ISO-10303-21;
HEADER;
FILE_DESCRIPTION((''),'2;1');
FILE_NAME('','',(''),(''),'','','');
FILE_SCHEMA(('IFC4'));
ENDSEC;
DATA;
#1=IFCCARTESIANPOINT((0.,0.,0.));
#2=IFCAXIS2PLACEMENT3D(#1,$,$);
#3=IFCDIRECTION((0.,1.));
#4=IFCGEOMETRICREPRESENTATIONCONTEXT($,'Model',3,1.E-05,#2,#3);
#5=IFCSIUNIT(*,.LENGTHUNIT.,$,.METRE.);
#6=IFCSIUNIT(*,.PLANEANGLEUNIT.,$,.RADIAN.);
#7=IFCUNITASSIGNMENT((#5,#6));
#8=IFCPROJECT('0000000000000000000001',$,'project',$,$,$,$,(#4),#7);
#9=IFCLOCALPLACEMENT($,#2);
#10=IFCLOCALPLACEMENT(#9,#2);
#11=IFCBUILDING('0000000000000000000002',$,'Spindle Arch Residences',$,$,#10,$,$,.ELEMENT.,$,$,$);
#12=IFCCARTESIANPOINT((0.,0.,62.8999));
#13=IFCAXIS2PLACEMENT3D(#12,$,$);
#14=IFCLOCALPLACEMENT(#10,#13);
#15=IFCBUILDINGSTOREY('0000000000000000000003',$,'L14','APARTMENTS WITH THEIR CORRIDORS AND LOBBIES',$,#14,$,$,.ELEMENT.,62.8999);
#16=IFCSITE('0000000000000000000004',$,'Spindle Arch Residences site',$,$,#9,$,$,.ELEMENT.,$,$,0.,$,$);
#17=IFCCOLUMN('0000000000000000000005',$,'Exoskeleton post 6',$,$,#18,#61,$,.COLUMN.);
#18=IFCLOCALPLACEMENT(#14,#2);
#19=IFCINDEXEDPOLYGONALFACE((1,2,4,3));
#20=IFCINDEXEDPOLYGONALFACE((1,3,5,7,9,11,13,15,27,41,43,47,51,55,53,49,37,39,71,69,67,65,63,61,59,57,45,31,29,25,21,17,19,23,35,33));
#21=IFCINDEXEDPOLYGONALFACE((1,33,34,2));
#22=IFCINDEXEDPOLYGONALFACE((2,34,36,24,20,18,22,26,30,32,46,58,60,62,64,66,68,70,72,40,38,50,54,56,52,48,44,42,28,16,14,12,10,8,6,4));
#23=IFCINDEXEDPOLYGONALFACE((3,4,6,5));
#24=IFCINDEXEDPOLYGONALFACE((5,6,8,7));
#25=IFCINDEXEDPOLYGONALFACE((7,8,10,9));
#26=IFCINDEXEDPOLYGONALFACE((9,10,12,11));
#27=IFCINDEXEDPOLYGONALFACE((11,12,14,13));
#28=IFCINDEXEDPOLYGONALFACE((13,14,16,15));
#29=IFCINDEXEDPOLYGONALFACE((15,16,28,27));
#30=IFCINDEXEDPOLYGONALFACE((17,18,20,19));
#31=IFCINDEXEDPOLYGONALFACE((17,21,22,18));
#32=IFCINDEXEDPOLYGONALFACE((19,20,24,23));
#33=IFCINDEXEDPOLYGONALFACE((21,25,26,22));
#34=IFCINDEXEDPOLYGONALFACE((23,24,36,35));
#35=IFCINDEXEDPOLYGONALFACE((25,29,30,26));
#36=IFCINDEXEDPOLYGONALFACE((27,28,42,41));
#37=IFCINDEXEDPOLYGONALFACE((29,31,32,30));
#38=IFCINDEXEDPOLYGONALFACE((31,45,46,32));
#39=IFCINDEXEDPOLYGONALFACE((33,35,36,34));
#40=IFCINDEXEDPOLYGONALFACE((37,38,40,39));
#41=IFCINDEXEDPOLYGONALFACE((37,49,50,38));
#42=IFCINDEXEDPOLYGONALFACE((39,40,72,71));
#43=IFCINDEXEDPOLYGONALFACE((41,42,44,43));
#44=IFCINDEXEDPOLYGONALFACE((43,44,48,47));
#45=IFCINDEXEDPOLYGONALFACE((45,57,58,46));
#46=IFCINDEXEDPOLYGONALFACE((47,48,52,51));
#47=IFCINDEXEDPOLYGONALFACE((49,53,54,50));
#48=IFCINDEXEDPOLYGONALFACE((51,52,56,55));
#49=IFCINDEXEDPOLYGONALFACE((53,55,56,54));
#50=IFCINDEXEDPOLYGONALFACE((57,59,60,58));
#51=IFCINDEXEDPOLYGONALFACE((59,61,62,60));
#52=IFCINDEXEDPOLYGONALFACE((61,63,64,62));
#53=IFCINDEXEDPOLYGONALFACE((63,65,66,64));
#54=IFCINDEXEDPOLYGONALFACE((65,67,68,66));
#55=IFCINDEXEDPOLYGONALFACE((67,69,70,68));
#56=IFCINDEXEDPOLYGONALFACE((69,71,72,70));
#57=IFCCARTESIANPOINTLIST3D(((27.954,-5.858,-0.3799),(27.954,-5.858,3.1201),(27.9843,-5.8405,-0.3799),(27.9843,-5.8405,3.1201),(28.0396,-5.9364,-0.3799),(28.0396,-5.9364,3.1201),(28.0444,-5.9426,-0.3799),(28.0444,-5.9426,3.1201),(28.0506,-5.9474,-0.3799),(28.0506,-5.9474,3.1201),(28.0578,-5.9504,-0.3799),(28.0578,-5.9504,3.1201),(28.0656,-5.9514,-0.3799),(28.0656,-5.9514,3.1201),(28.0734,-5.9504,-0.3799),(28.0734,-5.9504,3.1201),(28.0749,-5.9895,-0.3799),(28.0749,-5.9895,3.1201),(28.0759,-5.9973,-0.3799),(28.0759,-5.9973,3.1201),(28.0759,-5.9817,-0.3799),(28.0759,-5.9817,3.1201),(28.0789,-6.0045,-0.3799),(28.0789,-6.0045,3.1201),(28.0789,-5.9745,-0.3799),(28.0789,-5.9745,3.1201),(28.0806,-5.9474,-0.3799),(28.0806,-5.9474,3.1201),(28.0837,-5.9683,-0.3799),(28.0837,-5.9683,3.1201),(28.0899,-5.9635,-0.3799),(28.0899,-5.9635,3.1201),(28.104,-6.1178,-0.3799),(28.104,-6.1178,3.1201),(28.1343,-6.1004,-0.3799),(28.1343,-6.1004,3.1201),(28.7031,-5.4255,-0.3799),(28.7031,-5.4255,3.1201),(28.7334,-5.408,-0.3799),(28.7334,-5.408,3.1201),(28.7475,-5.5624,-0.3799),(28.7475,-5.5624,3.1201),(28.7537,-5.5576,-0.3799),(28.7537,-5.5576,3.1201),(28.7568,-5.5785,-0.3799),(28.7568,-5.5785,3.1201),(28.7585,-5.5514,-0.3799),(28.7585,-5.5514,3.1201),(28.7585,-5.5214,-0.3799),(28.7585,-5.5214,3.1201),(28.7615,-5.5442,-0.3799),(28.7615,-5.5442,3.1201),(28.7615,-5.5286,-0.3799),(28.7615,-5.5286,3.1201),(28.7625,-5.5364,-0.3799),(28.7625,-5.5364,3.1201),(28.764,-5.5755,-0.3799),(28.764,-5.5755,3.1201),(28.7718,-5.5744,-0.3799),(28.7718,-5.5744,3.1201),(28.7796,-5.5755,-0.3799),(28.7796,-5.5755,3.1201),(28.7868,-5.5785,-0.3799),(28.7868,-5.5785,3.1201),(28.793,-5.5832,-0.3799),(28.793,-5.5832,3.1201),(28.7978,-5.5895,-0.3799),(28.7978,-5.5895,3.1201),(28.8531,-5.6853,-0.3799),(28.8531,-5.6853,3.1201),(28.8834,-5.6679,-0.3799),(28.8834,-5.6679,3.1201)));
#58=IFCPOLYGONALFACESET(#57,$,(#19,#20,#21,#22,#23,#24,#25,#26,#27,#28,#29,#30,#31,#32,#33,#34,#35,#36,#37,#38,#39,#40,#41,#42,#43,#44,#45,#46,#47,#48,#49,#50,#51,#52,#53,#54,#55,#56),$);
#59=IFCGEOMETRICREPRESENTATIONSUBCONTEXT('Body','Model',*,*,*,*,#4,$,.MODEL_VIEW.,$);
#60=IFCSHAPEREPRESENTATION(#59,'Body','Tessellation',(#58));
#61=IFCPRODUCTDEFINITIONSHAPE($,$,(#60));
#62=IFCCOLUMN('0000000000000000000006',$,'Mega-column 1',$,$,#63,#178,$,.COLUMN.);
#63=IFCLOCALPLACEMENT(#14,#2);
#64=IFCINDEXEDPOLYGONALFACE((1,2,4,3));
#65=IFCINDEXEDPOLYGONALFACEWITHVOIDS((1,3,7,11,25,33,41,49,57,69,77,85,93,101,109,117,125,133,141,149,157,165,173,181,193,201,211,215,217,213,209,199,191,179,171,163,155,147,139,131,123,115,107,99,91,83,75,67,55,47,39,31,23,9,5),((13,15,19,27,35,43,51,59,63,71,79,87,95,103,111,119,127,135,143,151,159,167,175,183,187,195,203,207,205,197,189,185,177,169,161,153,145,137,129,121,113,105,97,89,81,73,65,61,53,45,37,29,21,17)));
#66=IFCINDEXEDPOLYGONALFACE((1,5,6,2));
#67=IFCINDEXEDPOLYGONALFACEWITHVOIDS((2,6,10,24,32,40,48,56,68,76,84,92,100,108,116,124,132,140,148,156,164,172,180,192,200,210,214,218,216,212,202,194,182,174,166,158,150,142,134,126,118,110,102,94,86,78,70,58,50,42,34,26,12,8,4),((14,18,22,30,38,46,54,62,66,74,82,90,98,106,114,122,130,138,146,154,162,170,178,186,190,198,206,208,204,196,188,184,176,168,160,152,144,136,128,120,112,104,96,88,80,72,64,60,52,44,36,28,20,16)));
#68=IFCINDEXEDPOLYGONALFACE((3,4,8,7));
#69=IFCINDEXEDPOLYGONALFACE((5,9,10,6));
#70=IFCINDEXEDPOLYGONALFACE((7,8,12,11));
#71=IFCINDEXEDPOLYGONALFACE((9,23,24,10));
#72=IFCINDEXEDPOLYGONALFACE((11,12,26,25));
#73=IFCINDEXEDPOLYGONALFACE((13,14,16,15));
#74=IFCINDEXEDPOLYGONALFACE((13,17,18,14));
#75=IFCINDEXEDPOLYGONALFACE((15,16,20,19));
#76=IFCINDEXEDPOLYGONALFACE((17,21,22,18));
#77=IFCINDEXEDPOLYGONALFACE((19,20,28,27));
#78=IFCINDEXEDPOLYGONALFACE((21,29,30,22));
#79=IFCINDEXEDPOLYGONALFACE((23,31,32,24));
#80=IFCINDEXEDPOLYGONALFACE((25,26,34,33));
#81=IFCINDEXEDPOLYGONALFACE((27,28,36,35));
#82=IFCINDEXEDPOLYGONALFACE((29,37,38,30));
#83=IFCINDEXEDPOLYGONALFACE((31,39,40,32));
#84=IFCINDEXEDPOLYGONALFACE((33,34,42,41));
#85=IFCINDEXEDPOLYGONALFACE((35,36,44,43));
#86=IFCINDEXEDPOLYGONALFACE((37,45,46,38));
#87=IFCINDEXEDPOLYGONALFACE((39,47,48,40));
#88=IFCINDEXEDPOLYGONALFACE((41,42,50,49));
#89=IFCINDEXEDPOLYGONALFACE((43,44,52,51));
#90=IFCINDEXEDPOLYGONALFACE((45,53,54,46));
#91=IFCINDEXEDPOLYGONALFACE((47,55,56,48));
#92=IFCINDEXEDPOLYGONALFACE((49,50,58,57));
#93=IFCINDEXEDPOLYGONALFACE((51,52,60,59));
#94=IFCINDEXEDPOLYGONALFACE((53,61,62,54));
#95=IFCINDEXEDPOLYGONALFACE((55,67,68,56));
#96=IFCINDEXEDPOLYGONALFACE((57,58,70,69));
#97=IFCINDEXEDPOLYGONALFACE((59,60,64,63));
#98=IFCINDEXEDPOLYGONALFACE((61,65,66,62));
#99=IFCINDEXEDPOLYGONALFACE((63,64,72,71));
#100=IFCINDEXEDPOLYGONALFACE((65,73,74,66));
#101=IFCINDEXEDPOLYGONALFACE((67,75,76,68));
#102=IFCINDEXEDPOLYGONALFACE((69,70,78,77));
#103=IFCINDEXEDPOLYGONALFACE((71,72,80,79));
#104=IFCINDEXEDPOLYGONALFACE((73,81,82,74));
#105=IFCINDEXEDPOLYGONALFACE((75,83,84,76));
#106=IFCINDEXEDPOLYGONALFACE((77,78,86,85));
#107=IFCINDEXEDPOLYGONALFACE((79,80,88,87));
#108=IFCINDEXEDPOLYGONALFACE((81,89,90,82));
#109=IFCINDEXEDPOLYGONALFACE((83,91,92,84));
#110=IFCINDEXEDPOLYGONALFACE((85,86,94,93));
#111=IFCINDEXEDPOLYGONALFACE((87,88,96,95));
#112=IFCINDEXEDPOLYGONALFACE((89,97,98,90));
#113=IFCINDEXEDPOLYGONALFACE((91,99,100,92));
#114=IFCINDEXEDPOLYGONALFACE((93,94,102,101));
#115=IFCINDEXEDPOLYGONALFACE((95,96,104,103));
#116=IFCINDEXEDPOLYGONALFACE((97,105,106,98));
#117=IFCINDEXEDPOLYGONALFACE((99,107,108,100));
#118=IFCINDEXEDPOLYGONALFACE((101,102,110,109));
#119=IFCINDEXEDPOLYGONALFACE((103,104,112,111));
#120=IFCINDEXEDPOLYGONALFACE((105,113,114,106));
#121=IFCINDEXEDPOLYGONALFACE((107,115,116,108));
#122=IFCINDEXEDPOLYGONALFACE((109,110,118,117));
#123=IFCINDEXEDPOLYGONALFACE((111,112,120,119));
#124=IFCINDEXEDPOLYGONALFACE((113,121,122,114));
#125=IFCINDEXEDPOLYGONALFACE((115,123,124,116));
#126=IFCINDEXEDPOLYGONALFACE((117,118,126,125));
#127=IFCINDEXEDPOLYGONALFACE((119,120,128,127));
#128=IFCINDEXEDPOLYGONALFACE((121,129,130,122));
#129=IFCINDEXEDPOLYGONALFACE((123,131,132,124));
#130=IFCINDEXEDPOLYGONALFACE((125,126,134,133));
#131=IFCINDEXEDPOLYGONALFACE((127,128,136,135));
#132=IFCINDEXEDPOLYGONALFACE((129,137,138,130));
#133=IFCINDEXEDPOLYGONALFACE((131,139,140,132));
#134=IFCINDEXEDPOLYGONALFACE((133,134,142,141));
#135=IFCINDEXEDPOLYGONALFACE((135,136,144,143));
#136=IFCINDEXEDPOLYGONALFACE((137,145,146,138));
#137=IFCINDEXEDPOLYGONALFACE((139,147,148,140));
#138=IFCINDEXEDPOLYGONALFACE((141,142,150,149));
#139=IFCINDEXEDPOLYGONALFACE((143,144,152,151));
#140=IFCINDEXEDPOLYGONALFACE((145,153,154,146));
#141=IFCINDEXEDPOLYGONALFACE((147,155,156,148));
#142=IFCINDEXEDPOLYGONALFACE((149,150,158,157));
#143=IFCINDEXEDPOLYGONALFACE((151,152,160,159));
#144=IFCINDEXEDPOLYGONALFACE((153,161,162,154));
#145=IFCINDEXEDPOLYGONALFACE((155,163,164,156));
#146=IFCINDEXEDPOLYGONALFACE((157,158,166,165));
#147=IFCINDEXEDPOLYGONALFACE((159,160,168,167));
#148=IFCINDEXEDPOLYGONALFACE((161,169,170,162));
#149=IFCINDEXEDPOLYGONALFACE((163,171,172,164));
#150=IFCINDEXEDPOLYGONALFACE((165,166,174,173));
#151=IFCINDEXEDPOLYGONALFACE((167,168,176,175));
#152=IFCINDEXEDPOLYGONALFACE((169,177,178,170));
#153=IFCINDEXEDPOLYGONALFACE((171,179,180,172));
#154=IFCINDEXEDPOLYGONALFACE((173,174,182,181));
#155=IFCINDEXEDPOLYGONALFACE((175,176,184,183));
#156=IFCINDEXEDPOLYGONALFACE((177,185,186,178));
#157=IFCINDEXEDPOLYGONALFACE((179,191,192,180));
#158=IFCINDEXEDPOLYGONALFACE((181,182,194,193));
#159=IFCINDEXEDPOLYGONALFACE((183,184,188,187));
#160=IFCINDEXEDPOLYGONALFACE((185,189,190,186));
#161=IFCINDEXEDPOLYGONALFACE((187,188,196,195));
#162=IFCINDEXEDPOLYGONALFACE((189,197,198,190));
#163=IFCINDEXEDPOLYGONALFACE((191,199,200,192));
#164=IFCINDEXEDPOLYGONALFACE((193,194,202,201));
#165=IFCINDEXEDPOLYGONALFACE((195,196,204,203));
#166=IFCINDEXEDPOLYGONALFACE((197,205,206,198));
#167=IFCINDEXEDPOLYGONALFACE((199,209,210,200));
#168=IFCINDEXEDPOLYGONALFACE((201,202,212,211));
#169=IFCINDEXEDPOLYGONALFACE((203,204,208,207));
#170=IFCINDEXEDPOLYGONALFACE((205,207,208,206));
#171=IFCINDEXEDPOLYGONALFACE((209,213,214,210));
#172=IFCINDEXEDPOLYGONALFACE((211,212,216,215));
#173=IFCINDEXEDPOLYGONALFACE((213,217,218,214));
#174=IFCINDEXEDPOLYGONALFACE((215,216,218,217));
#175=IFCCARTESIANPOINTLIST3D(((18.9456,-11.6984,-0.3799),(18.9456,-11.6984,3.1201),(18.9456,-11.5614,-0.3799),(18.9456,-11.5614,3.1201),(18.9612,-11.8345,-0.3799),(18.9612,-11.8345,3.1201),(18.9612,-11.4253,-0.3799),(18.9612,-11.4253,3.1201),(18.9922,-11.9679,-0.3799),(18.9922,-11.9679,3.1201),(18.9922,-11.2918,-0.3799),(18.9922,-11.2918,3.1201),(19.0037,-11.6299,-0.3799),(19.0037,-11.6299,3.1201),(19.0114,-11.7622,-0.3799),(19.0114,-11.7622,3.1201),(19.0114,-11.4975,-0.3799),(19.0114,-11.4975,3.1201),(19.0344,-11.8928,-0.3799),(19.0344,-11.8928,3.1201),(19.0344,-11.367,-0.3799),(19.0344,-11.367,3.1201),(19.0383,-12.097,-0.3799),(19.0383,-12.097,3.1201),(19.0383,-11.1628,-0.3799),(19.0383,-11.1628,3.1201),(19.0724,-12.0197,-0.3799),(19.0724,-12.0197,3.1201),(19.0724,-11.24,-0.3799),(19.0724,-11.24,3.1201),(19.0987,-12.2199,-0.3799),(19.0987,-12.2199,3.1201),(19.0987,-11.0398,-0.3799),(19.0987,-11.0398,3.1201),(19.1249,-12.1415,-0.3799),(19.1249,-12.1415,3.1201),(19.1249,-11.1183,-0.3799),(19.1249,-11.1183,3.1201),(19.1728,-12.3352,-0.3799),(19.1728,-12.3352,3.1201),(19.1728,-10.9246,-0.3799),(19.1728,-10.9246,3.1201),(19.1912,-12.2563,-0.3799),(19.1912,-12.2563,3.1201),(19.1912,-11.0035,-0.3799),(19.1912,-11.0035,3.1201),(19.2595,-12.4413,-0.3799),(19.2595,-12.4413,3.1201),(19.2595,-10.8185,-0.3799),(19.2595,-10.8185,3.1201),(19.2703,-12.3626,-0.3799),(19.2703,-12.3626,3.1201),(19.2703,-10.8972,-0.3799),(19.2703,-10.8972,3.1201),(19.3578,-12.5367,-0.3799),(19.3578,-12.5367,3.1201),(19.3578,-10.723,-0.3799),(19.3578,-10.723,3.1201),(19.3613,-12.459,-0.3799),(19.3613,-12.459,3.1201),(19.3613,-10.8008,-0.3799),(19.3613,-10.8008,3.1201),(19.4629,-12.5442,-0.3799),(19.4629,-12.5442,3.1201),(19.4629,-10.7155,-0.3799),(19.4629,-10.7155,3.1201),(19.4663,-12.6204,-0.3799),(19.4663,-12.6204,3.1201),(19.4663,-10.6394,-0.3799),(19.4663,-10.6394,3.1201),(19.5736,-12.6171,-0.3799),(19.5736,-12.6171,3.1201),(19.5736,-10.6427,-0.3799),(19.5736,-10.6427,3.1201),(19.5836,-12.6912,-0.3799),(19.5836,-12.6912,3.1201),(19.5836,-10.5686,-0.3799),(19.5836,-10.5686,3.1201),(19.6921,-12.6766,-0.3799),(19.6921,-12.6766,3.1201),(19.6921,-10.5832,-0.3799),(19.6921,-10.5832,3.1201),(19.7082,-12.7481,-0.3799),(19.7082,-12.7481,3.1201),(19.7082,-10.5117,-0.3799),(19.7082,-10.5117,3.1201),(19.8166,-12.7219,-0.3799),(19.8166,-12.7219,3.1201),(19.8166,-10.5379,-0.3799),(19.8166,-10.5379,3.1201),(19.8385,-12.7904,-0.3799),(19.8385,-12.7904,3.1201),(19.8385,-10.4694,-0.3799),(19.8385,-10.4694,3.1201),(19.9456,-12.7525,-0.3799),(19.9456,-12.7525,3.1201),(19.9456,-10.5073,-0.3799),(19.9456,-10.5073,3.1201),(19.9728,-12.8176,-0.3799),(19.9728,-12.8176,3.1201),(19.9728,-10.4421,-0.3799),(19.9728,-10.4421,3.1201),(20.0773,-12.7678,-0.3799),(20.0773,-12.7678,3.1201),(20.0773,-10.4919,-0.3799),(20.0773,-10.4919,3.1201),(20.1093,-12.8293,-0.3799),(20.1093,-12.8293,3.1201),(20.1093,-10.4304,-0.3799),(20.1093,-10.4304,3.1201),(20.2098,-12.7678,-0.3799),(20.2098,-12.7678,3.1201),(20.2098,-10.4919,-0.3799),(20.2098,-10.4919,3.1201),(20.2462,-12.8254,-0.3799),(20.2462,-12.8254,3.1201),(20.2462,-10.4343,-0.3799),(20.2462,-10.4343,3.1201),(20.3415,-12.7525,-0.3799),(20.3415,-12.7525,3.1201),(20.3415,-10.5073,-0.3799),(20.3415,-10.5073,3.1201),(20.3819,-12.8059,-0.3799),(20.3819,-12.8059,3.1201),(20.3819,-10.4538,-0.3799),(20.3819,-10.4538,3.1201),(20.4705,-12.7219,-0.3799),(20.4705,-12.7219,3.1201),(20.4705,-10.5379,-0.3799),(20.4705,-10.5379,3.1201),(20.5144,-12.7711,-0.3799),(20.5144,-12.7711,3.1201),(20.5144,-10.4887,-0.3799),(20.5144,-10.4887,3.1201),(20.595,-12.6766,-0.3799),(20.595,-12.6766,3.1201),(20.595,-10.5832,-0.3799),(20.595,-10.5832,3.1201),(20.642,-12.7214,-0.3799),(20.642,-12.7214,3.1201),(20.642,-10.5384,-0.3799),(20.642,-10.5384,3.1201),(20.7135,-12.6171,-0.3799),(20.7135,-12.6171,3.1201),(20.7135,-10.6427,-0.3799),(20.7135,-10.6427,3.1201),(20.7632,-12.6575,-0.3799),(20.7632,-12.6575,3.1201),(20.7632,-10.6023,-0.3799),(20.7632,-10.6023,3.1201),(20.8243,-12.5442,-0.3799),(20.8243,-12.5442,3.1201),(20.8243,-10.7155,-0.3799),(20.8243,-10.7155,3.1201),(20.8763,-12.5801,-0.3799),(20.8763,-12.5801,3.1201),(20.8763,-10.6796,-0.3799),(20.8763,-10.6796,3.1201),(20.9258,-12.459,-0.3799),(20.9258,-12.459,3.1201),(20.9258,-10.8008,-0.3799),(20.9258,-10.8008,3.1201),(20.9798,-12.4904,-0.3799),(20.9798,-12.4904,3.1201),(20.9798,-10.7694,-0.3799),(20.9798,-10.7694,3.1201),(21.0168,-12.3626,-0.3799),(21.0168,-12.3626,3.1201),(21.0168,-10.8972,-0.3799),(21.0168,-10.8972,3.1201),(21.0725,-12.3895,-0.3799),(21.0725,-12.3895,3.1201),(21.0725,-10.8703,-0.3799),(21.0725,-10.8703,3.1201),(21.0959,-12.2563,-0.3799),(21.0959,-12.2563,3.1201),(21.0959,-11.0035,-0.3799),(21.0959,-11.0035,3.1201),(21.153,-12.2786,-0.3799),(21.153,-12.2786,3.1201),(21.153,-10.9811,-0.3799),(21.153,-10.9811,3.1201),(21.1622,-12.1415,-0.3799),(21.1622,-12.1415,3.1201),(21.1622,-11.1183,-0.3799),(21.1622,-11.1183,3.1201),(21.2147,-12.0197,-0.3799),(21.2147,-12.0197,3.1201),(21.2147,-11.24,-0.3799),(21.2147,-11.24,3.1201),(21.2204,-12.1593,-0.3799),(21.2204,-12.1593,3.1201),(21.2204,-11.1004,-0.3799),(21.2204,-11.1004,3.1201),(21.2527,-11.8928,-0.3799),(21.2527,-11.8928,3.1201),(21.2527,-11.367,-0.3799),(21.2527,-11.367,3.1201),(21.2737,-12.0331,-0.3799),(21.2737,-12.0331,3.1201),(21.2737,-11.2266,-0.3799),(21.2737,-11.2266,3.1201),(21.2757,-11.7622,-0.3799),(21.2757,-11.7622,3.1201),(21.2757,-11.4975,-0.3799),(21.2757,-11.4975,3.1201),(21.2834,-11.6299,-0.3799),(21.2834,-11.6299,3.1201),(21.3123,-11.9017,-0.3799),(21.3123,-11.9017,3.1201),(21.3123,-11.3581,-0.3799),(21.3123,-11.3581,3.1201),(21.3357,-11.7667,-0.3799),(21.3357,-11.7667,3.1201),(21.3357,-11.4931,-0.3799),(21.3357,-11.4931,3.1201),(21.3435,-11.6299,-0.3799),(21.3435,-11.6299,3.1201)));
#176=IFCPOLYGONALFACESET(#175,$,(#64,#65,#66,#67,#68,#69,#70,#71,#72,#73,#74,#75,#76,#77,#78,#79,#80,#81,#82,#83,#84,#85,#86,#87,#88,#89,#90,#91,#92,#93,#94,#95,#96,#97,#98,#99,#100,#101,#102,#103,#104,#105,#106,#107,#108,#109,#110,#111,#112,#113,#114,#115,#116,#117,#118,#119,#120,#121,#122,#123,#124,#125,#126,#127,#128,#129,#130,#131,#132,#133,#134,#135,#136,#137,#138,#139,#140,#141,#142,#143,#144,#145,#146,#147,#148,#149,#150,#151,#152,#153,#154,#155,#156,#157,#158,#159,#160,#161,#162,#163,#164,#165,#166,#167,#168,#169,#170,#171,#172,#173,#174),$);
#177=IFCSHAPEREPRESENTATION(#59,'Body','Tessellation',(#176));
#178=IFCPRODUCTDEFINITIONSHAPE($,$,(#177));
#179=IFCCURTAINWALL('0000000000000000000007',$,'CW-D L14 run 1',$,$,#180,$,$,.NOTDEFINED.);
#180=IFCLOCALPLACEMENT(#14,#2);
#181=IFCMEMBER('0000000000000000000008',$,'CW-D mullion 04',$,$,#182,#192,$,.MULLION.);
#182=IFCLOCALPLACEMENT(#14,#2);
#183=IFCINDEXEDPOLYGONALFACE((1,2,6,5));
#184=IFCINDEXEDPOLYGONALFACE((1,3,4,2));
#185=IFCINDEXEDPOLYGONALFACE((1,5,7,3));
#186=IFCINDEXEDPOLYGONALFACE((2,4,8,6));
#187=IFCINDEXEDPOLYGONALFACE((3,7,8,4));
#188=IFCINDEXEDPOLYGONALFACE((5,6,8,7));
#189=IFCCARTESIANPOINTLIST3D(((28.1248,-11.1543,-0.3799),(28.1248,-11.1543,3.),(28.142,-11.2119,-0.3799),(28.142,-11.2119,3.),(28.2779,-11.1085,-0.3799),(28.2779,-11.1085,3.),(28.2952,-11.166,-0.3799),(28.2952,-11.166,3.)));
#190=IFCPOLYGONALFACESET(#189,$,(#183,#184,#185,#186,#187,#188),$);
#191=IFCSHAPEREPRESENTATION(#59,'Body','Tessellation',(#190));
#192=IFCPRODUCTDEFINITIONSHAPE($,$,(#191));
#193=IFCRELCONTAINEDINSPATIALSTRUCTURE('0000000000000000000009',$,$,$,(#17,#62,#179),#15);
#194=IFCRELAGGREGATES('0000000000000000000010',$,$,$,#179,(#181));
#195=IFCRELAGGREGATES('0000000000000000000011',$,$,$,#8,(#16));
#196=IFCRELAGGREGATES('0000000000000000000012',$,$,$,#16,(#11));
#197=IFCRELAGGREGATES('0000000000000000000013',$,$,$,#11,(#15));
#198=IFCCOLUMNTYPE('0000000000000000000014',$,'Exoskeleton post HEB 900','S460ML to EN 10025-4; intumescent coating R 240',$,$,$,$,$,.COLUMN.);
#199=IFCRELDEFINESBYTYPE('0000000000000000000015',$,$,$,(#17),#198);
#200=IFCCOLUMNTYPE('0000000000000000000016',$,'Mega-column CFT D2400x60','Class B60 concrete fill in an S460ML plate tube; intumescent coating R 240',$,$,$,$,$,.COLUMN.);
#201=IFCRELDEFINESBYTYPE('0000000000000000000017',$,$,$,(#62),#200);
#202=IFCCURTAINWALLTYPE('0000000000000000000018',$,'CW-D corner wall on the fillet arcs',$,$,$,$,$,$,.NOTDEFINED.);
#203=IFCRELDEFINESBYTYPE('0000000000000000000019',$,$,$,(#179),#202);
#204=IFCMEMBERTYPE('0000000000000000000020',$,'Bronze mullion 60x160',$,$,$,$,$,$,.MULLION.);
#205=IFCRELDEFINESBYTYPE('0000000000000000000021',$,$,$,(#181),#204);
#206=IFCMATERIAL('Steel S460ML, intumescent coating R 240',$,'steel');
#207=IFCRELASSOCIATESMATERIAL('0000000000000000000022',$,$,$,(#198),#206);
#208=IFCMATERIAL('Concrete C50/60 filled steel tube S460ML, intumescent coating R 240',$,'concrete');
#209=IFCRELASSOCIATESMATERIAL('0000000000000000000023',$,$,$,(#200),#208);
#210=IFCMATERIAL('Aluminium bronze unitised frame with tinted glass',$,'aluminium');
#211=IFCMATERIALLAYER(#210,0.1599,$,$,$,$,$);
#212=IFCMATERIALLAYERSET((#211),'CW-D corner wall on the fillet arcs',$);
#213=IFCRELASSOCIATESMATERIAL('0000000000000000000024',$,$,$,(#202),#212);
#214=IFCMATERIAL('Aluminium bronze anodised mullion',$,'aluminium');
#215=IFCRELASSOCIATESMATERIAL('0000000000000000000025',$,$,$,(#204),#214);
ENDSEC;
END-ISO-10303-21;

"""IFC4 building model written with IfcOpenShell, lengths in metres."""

from ifc_helpers import new_model, si_unit, direction, frame, origin, origin_2d, place, context, subcontext, project, spatial, rectangle, hollow_circle, i_section, extrude, material, layer, layer_set, material_profile, profile_set, type_object, element, aggregate, save


model = new_model("IFC4")

# Units and contexts
model_context = context("Model", 3, precision=1e-05, world=origin(), true_north=direction((0.0, 1.0)))
body_context = subcontext(model_context, "Body", "Model", "MODEL_VIEW")
ifc_project = project(units=[si_unit("LENGTHUNIT", "METRE"), si_unit("PLANEANGLEUNIT", "RADIAN")], contexts=[model_context])

# Site, building, storey
site_placement = place(None, origin())
site = spatial("IfcSite", under=ifc_project, at=site_placement, Name="Spindle Arch Residences site", CompositionType="ELEMENT", RefElevation=0.0)
building_placement = place(site_placement, origin())
building = spatial("IfcBuilding", under=site, at=building_placement, Name="Spindle Arch Residences", CompositionType="ELEMENT")
storey_placement = place(building_placement, frame((0.0, 0.0, 62.8999)))
storey = spatial("IfcBuildingStorey", under=building, at=storey_placement, Name="L14", Description="APARTMENTS WITH THEIR CORRIDORS AND LOBBIES", CompositionType="ELEMENT", Elevation=62.8999)

# Columns
ifc_material_1 = material(Name="Steel S460ML, intumescent coating R 240", Category="steel")
ifc_material_profile_1 = material_profile(ifc_material_1, i_section(OverallWidth=0.3, OverallDepth=0.8999, WebThickness=0.0186, FlangeThickness=0.0349, FilletRadius=0.03, at=origin_2d()), Name="HEB 900")
ifc_profile_set_1 = profile_set([ifc_material_profile_1], Name="Steel S460ML, intumescent coating R 240")
column_type_1 = type_object("IfcColumnType", Name="Exoskeleton post HEB 900", Description="S460ML to EN 10025-4; intumescent coating R 240", PredefinedType="COLUMN", material=ifc_profile_set_1)
column_1_placement = place(storey_placement, frame((28.4187, -5.7629, -0.3799), z_axis=(0.0, 0.0, 1.0), x_axis=(0.5, -0.866025, 0.0)))
element("IfcColumn", 1, at=column_1_placement, inside=storey, type_object=column_type_1, Name="Exoskeleton post 6", PredefinedType="COLUMN", context=body_context, shape_type="SweptSolid", body=[
    extrude(i_section(OverallWidth=0.3, OverallDepth=0.8999, WebThickness=0.0186, FlangeThickness=0.0349, FilletRadius=0.03, at=origin_2d()), origin(), (0.0, 0.0, 1.0), 3.5),
])
ifc_material_2 = material(Name="Concrete C50/60 filled steel tube S460ML, intumescent coating R 240", Category="concrete")
ifc_material_profile_2 = material_profile(ifc_material_2, hollow_circle(Radius=1.2, WallThickness=0.0601, at=origin_2d()), Name="CFT D2400x60")
ifc_profile_set_2 = profile_set([ifc_material_profile_2], Name="Concrete C50/60 filled steel tube S460ML, intumescent coating R 240")
column_type_2 = type_object("IfcColumnType", Name="Mega-column CFT D2400x60", Description="Class B60 concrete fill in an S460ML plate tube; intumescent coating R 240", PredefinedType="COLUMN", material=ifc_profile_set_2)
column_2_placement = place(storey_placement, frame((20.1436, -11.6299, -0.3799), z_axis=(0.0, 0.0, 1.0), x_axis=(1.0, 0.0, 0.0)))
element("IfcColumn", 2, at=column_2_placement, inside=storey, type_object=column_type_2, Name="Mega-column 1", PredefinedType="COLUMN", context=body_context, shape_type="SweptSolid", body=[
    extrude(hollow_circle(Radius=1.2, WallThickness=0.0601, at=origin_2d()), origin(), (0.0, 0.0, 1.0), 3.5),
])

# Curtain wall, member
ifc_material_3 = material(Name="Aluminium bronze unitised frame with tinted glass", Category="aluminium")
ifc_layer_1 = layer(ifc_material_3, 0.1599)
ifc_layer_set_1 = layer_set([ifc_layer_1], Name="CW-D corner wall on the fillet arcs")
curtain_wall_type_1 = type_object("IfcCurtainWallType", Name="CW-D corner wall on the fillet arcs", PredefinedType="NOTDEFINED", material=ifc_layer_set_1)
curtain_wall_1_placement = place(storey_placement, origin())
curtain_wall_1 = element("IfcCurtainWall", 3, at=curtain_wall_1_placement, inside=storey, type_object=curtain_wall_type_1, Name="CW-D L14 run 1", PredefinedType="NOTDEFINED")
ifc_material_4 = material(Name="Aluminium bronze anodised mullion", Category="aluminium")
ifc_material_profile_3 = material_profile(ifc_material_4, rectangle(XDim=0.1599, YDim=0.0601, at=origin_2d()), Name="MU 60x160")
ifc_profile_set_3 = profile_set([ifc_material_profile_3], Name="Aluminium bronze anodised mullion")
member_type_1 = type_object("IfcMemberType", Name="Bronze mullion 60x160", PredefinedType="MULLION", material=ifc_profile_set_3)
member_1_placement = place(storey_placement, frame((28.21, -11.1602, -0.3799), z_axis=(0.0, 0.0, 1.0), x_axis=(-0.95799, -0.286803, 0.0)))
member_1 = element("IfcMember", 4, at=member_1_placement, type_object=member_type_1, Name="CW-D mullion 04", PredefinedType="MULLION", context=body_context, shape_type="SweptSolid", body=[
    extrude(rectangle(XDim=0.1599, YDim=0.0601, at=origin_2d()), origin(), (0.0, 0.0, 1.0), 3.3799),
])

aggregate(curtain_wall_1, [member_1])

save(model, "model.ifc")
